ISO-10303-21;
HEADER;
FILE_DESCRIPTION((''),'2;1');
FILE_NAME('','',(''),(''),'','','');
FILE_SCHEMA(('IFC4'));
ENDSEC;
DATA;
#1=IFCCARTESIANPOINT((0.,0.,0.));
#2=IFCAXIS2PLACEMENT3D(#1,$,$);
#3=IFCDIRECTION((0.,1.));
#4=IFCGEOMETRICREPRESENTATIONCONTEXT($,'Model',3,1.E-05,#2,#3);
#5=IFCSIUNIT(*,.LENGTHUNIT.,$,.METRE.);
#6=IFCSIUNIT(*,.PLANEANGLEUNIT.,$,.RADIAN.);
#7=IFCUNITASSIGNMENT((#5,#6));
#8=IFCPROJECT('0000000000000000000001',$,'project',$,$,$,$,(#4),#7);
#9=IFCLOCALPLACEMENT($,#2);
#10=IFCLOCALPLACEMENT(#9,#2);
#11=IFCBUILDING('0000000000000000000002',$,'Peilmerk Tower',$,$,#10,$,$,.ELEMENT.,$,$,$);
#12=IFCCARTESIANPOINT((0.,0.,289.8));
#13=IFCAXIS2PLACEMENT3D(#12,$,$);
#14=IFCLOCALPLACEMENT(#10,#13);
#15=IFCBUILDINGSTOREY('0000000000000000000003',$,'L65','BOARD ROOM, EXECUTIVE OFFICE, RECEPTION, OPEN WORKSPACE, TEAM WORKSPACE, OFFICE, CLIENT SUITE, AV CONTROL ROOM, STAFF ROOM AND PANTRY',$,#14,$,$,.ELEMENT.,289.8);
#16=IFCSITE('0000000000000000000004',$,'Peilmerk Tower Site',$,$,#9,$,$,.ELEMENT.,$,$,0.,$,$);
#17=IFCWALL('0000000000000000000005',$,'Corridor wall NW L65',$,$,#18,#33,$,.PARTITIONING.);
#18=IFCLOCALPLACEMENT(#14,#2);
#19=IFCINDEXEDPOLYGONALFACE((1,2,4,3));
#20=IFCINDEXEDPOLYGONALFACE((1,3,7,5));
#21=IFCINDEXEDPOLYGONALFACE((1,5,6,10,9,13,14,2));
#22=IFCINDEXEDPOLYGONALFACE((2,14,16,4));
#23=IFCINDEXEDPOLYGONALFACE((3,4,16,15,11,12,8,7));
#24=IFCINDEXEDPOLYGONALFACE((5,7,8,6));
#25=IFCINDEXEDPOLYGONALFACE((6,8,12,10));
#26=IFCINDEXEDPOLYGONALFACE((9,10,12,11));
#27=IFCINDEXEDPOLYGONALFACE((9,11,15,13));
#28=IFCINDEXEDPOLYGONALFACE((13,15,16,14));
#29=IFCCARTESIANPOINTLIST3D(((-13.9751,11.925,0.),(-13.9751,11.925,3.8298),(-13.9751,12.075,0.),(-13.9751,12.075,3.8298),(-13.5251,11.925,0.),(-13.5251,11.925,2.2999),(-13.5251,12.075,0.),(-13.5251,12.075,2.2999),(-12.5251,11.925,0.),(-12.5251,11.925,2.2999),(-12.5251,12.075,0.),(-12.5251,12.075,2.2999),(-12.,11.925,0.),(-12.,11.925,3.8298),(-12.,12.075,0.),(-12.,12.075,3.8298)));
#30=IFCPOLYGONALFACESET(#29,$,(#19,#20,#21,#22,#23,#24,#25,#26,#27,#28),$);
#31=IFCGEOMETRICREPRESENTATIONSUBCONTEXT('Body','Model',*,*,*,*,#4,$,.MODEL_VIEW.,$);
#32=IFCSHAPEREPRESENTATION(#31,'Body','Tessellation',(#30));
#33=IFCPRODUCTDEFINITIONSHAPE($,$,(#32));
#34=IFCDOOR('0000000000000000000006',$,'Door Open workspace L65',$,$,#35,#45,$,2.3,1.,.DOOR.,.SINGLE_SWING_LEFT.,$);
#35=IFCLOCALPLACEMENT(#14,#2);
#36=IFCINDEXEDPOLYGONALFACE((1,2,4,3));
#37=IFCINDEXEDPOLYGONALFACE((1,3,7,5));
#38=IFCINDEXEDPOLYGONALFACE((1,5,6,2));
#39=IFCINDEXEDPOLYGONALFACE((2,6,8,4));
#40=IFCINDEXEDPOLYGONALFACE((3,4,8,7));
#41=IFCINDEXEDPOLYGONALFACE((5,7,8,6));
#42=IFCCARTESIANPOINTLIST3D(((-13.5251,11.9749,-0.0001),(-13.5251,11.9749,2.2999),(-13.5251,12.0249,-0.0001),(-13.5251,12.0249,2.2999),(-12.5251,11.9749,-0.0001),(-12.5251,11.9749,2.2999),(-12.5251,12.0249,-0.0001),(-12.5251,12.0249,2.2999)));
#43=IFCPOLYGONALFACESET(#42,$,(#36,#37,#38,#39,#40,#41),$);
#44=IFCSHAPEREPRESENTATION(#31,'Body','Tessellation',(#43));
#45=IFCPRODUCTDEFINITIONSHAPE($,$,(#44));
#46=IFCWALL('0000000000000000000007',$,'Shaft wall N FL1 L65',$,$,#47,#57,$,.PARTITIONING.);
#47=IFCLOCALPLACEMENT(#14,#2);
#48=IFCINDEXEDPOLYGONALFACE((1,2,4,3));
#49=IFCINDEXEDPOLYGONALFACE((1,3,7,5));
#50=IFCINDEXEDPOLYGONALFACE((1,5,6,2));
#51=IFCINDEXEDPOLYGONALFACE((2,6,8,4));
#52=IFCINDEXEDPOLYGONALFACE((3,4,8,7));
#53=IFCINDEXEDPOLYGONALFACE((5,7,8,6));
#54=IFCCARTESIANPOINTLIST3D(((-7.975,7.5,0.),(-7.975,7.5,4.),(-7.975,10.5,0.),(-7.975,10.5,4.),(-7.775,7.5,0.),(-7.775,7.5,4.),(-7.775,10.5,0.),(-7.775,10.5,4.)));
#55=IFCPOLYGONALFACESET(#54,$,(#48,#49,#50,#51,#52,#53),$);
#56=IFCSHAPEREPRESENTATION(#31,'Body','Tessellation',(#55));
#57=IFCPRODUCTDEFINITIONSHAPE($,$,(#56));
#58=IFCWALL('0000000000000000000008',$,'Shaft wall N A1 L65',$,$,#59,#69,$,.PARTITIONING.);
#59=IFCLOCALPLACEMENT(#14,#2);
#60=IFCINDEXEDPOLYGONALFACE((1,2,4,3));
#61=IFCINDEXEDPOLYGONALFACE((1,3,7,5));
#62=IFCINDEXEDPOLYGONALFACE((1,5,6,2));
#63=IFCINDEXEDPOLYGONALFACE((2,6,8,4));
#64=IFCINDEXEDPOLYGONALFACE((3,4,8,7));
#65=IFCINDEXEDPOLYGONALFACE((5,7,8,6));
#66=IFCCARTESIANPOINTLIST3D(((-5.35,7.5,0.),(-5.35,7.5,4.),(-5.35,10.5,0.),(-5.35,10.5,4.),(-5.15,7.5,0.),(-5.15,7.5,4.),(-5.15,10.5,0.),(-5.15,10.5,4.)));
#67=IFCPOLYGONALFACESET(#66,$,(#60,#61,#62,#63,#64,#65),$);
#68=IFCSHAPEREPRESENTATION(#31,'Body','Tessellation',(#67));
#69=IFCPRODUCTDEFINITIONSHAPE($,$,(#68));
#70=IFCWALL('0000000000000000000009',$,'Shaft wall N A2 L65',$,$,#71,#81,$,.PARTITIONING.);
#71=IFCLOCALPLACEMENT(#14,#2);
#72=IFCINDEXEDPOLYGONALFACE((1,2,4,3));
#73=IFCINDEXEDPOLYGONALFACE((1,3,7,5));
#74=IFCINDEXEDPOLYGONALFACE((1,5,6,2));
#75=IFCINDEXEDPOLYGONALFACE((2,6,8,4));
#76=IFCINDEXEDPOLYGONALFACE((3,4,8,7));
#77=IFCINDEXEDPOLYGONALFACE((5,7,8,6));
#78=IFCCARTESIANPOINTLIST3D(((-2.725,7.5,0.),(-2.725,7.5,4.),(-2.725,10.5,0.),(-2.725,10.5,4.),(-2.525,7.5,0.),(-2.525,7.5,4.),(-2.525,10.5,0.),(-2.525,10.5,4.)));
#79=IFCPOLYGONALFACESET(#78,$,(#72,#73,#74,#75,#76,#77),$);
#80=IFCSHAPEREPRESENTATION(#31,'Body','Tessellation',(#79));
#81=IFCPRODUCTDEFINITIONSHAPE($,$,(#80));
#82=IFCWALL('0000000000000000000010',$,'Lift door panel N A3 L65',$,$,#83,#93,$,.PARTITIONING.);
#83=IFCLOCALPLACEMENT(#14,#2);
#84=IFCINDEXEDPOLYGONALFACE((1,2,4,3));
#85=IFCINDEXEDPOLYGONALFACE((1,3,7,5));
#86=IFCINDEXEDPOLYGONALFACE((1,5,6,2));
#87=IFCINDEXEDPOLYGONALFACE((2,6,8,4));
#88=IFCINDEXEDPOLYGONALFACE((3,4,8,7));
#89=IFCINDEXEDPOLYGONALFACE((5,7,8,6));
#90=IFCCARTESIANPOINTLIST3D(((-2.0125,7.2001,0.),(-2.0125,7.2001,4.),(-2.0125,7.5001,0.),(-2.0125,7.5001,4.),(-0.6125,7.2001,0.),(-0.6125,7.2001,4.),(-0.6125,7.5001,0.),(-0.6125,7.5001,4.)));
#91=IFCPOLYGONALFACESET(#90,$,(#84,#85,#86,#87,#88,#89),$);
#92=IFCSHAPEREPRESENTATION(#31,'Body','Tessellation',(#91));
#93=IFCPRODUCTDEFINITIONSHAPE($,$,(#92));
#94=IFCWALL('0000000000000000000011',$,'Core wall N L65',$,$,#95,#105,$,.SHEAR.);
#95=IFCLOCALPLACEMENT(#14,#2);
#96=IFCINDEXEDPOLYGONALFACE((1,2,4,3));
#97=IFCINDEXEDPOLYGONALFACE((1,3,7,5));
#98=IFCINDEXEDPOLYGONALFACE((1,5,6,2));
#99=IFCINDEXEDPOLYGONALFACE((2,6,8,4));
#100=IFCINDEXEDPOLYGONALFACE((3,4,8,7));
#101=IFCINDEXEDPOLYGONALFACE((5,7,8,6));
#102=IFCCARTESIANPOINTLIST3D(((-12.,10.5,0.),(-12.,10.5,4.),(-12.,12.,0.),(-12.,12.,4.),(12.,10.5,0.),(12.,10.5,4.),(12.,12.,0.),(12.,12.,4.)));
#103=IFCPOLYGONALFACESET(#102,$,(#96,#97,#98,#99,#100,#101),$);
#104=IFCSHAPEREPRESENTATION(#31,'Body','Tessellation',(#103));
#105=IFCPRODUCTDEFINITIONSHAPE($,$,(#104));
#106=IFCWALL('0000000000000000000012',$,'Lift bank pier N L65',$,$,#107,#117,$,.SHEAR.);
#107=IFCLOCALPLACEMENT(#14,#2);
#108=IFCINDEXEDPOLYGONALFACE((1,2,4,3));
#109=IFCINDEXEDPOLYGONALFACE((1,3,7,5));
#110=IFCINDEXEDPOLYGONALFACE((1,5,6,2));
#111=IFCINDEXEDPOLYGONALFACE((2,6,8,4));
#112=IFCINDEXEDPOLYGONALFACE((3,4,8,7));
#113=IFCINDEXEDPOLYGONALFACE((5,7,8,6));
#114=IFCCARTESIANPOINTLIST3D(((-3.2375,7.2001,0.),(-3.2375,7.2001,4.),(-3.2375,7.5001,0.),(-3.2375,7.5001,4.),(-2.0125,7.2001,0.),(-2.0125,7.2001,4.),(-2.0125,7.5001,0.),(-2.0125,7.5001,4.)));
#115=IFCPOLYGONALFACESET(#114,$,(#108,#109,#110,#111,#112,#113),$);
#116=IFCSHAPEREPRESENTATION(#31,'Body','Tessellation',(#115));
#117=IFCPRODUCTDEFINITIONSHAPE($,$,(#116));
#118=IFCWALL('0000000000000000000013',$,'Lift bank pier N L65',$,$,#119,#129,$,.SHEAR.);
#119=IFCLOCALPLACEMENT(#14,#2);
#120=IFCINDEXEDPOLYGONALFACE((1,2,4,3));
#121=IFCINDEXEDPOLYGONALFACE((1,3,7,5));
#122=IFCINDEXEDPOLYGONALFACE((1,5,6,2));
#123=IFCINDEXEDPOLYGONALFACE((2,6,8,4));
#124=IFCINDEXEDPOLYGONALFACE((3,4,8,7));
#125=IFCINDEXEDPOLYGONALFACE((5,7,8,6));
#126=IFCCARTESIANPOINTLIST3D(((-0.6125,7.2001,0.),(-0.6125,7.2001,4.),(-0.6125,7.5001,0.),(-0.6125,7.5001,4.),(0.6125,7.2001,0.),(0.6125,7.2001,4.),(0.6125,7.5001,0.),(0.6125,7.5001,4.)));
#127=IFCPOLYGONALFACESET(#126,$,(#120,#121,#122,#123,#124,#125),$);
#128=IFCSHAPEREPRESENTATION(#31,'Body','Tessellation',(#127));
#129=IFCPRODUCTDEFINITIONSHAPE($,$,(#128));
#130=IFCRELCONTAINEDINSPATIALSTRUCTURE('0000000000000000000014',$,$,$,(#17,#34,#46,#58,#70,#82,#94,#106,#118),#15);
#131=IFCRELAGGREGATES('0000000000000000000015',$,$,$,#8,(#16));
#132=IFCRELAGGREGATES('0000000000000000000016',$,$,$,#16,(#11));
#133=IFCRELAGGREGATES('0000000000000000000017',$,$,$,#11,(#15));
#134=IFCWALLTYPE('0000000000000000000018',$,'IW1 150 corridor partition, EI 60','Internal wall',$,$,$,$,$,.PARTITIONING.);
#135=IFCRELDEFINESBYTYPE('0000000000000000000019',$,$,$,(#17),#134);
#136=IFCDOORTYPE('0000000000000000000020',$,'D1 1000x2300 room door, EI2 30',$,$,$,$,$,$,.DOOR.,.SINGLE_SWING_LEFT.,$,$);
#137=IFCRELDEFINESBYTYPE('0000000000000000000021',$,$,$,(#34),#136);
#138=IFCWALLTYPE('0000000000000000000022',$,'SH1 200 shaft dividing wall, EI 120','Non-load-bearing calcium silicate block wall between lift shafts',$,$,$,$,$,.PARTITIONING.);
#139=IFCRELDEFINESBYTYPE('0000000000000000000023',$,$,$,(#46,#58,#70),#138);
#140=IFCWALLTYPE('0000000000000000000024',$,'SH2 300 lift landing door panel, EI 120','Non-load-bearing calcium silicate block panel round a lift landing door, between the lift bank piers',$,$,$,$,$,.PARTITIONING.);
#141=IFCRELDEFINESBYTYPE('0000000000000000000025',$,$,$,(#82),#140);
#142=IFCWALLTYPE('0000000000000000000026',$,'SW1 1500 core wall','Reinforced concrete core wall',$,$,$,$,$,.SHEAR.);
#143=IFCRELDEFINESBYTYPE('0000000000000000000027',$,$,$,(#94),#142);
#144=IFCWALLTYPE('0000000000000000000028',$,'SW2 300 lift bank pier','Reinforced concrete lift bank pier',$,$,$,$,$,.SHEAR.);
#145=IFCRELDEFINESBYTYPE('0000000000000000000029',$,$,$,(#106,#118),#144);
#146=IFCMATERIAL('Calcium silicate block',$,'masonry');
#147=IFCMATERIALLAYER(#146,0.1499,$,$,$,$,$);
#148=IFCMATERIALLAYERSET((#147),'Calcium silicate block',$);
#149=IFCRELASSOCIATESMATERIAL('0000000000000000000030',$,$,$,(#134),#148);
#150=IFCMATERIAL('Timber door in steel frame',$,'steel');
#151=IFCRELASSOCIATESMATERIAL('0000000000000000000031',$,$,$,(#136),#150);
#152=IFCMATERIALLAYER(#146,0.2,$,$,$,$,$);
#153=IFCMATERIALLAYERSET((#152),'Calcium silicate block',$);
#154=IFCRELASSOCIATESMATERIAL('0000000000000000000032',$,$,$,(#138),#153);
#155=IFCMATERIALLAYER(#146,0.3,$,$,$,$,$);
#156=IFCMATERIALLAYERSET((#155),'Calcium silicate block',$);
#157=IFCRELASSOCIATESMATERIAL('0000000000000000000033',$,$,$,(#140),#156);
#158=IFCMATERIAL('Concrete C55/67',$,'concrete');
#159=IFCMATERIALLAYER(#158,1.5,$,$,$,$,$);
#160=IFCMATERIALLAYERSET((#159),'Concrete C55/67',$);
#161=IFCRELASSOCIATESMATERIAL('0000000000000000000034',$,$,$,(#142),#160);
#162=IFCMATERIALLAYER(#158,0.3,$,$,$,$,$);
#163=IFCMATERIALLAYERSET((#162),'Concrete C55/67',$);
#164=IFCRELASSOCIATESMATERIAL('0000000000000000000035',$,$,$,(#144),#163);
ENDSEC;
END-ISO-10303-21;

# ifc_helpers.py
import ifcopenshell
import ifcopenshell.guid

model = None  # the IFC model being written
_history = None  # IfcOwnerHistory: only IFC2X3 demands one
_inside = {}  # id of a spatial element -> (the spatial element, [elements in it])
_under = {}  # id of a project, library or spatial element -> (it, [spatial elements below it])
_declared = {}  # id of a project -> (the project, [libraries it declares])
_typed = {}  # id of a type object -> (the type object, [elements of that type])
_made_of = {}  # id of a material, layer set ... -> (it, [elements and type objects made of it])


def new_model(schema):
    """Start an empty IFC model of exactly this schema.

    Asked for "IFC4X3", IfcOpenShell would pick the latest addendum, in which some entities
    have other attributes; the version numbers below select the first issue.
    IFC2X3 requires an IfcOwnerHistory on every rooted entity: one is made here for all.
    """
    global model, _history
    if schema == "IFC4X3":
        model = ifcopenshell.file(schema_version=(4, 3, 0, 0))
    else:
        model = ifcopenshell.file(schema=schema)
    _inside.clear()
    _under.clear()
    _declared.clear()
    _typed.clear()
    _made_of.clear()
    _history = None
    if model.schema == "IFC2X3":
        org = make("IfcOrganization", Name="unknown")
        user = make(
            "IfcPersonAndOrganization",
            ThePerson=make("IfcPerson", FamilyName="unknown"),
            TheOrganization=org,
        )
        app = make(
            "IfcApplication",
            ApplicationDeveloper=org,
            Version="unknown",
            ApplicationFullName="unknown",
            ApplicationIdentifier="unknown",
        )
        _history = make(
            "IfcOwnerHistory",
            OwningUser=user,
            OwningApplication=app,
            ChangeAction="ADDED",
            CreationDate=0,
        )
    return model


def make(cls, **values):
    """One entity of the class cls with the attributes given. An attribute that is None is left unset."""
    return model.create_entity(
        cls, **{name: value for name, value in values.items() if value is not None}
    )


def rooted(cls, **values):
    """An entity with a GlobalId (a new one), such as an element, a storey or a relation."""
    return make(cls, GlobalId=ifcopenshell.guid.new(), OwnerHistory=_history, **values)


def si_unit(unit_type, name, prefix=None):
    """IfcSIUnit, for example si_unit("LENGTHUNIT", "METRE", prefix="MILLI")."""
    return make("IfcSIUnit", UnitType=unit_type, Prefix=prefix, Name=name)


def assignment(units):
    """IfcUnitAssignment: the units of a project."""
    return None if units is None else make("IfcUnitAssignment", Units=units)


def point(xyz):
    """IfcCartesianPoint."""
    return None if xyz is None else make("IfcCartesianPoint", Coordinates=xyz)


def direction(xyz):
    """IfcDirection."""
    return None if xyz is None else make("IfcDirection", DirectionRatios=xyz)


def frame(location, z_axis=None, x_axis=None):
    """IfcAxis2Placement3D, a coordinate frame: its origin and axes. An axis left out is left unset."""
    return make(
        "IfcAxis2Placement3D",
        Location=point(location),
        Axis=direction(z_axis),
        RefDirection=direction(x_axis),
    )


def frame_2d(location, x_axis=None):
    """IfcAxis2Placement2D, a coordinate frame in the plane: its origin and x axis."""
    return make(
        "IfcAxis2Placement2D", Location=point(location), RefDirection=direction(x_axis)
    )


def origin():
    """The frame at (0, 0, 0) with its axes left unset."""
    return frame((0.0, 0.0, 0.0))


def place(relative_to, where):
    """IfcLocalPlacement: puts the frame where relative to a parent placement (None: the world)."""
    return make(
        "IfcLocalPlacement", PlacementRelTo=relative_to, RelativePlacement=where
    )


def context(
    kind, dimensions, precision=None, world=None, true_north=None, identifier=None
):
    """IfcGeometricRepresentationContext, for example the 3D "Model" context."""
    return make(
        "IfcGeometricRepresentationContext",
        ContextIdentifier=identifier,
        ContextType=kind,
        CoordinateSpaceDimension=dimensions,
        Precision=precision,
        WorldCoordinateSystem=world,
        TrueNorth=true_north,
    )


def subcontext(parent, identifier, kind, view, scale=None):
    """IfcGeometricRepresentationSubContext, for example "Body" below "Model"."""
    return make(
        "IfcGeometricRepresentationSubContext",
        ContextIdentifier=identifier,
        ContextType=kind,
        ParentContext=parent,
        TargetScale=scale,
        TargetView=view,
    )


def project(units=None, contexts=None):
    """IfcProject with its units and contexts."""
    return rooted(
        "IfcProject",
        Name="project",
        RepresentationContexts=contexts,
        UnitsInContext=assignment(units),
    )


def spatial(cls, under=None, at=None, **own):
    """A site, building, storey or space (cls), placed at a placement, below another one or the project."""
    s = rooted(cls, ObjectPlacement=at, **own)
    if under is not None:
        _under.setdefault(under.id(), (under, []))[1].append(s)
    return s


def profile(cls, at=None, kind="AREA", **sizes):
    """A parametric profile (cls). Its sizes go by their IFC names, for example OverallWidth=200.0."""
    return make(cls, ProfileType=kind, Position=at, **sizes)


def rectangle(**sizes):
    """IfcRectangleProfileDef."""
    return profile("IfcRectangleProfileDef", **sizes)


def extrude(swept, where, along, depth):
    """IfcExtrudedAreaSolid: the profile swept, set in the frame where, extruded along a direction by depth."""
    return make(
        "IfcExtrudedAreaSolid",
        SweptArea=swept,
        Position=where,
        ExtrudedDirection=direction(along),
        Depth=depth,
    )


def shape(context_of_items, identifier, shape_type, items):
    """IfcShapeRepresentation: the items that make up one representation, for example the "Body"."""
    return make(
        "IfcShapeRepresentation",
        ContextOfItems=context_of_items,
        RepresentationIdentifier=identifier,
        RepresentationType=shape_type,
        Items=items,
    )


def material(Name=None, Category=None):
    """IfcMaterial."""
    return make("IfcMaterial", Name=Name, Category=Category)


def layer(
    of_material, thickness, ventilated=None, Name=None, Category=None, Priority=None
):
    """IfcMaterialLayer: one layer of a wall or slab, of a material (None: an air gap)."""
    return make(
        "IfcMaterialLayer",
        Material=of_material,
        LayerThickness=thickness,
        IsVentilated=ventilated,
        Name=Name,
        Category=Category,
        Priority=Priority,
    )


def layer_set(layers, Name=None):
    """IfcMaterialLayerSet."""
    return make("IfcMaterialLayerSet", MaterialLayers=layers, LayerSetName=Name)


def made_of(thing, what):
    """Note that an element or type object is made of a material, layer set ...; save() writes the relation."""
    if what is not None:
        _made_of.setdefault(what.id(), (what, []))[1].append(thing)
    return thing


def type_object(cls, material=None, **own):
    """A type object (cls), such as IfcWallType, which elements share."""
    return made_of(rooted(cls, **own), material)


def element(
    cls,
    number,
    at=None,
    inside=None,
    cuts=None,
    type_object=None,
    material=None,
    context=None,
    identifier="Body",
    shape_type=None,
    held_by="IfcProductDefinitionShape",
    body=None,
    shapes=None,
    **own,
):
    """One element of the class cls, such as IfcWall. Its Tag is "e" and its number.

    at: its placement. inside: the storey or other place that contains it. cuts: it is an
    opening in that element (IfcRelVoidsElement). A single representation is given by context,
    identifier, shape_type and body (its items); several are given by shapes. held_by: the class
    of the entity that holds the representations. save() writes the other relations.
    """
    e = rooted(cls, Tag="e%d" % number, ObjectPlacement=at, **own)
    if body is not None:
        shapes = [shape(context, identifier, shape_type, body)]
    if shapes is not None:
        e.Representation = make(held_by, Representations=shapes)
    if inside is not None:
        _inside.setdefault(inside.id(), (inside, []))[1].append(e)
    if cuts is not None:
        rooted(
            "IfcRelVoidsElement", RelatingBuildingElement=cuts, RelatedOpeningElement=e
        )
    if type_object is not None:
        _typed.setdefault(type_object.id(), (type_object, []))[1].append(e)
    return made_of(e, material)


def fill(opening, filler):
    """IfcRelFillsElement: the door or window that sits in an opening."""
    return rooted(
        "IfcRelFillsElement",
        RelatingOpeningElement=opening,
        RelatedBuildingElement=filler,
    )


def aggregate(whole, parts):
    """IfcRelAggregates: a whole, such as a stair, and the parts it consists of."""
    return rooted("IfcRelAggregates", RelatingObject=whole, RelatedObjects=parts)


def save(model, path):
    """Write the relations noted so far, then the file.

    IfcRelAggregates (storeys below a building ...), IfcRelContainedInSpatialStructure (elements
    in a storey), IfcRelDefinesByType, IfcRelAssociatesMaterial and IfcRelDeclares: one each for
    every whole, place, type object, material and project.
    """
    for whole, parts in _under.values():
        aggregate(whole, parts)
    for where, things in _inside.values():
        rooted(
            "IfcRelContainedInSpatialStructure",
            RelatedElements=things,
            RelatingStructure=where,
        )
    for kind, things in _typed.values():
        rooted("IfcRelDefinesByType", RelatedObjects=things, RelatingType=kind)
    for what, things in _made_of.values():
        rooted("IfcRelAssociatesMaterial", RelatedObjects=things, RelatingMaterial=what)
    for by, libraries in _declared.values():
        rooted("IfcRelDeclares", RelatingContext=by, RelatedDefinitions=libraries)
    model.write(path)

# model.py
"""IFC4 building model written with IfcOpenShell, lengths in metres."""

from ifc_helpers import new_model, si_unit, direction, frame, frame_2d, origin, place, context, subcontext, project, spatial, rectangle, extrude, material, layer, layer_set, type_object, element, fill, save


model = new_model("IFC4")

# Units and contexts
model_context = context("Model", 3, precision=1e-05, world=origin(), true_north=direction((0.0, 1.0)))
body_context = subcontext(model_context, "Body", "Model", "MODEL_VIEW")
ifc_project = project(units=[si_unit("LENGTHUNIT", "METRE"), si_unit("PLANEANGLEUNIT", "RADIAN")], contexts=[model_context])

# Site, building, storey
site_placement = place(None, origin())
site = spatial("IfcSite", under=ifc_project, at=site_placement, Name="Peilmerk Tower Site", CompositionType="ELEMENT", RefElevation=0.0)
building_placement = place(site_placement, origin())
building = spatial("IfcBuilding", under=site, at=building_placement, Name="Peilmerk Tower", CompositionType="ELEMENT")
storey_placement = place(building_placement, frame((0.0, 0.0, 289.8)))
storey = spatial("IfcBuildingStorey", under=building, at=storey_placement, Name="L65", Description="BOARD ROOM, EXECUTIVE OFFICE, RECEPTION, OPEN WORKSPACE, TEAM WORKSPACE, OFFICE, CLIENT SUITE, AV CONTROL ROOM, STAFF ROOM AND PANTRY", CompositionType="ELEMENT", Elevation=289.8)

# Shared definitions
ifc_material_1 = material(Name="Calcium silicate block", Category="masonry")
ifc_layer_1 = layer(ifc_material_1, 0.1499)
ifc_layer_set_1 = layer_set([ifc_layer_1], Name="Calcium silicate block")
wall_type_1 = type_object("IfcWallType", Name="IW1 150 corridor partition, EI 60", Description="Internal wall", PredefinedType="PARTITIONING", material=ifc_layer_set_1)
ifc_material_2 = material(Name="Timber door in steel frame", Category="steel")
door_type_1 = type_object("IfcDoorType", Name="D1 1000x2300 room door, EI2 30", OperationType="SINGLE_SWING_LEFT", PredefinedType="DOOR", material=ifc_material_2)

# Wall, opening, door
wall_1_placement = place(storey_placement, frame((-13.9751, 12.0, 0.0), z_axis=(0.0, 0.0, 1.0), x_axis=(1.0, 0.0, 0.0)))
wall_1 = element("IfcWall", 1, at=wall_1_placement, inside=storey, type_object=wall_type_1, Name="Corridor wall NW L65", PredefinedType="PARTITIONING", context=body_context, shape_type="SweptSolid", body=[
    extrude(rectangle(XDim=1.9751, YDim=0.1499, at=frame_2d((0.9875, 0.0))), origin(), (0.0, 0.0, 1.0), 3.8298),
])
opening_1_placement = place(wall_1_placement, frame((0.45, 0.0, 0.0)))
opening_1 = element("IfcOpeningElement", 2, at=opening_1_placement, cuts=wall_1, PredefinedType="OPENING", context=body_context, shape_type="SweptSolid", body=[
    extrude(rectangle(XDim=1.0, YDim=2.3, at=frame_2d((0.5, 1.1499))), frame((0.0, 0.085, 0.0), z_axis=(0.0, -1.0, 0.0), x_axis=(1.0, 0.0, 0.0)), (0.0, 0.0, 1.0), 0.1699),
])
door_1_placement = place(opening_1_placement, origin())
door_1 = element("IfcDoor", 3, at=door_1_placement, inside=storey, type_object=door_type_1, Name="Door Open workspace L65", OperationType="SINGLE_SWING_LEFT", OverallHeight=2.3, OverallWidth=1.0, PredefinedType="DOOR", context=body_context, shape_type="SweptSolid", body=[
    extrude(rectangle(XDim=1.0, YDim=2.3, at=frame_2d((0.5, 1.1499))), frame((0.0, 0.0249, 0.0), z_axis=(0.0, -1.0, 0.0), x_axis=(1.0, 0.0, 0.0)), (0.0, 0.0, 1.0), 0.05),
])
fill(opening_1, door_1)

# Walls
ifc_layer_2 = layer(ifc_material_1, 0.2)
ifc_layer_set_2 = layer_set([ifc_layer_2], Name="Calcium silicate block")
wall_type_2 = type_object("IfcWallType", Name="SH1 200 shaft dividing wall, EI 120", Description="Non-load-bearing calcium silicate block wall between lift shafts", PredefinedType="PARTITIONING", material=ifc_layer_set_2)
for number, where, z_axis, x_axis, name in (
    (4, (-7.875, 7.5, 0.0), (0.0, 0.0, 1.0), (0.0, 1.0, 0.0), "Shaft wall N FL1 L65"),
    (5, (-5.25, 7.5, 0.0), (0.0, 0.0, 1.0), (0.0, 1.0, 0.0), "Shaft wall N A1 L65"),
    (6, (-2.625, 7.5, 0.0), (0.0, 0.0, 1.0), (0.0, 1.0, 0.0), "Shaft wall N A2 L65"),
):
    element("IfcWall", number, at=place(storey_placement, frame(where, z_axis=z_axis, x_axis=x_axis)), inside=storey, type_object=wall_type_2, Name=name, PredefinedType="PARTITIONING", context=body_context, shape_type="SweptSolid", body=[
        extrude(rectangle(XDim=3.0, YDim=0.2, at=frame_2d((1.5, 0.0))), origin(), (0.0, 0.0, 1.0), 4.0),
    ])
ifc_layer_3 = layer(ifc_material_1, 0.3)
ifc_layer_set_3 = layer_set([ifc_layer_3], Name="Calcium silicate block")
wall_type_3 = type_object("IfcWallType", Name="SH2 300 lift landing door panel, EI 120", Description="Non-load-bearing calcium silicate block panel round a lift landing door, between the lift bank piers", PredefinedType="PARTITIONING", material=ifc_layer_set_3)
wall_2_placement = place(storey_placement, frame((-2.0125, 7.3501, 0.0), z_axis=(0.0, 0.0, 1.0), x_axis=(1.0, 0.0, 0.0)))
element("IfcWall", 7, at=wall_2_placement, inside=storey, type_object=wall_type_3, Name="Lift door panel N A3 L65", PredefinedType="PARTITIONING", context=body_context, shape_type="SweptSolid", body=[
    extrude(rectangle(XDim=1.3999, YDim=0.3, at=frame_2d((0.7, 0.0))), origin(), (0.0, 0.0, 1.0), 4.0),
])
ifc_material_3 = material(Name="Concrete C55/67", Category="concrete")
ifc_layer_4 = layer(ifc_material_3, 1.5)
ifc_layer_set_4 = layer_set([ifc_layer_4], Name="Concrete C55/67")
wall_type_4 = type_object("IfcWallType", Name="SW1 1500 core wall", Description="Reinforced concrete core wall", PredefinedType="SHEAR", material=ifc_layer_set_4)
wall_3_placement = place(storey_placement, frame((-12.0, 11.25, 0.0), z_axis=(0.0, 0.0, 1.0), x_axis=(1.0, 0.0, 0.0)))
element("IfcWall", 8, at=wall_3_placement, inside=storey, type_object=wall_type_4, Name="Core wall N L65", PredefinedType="SHEAR", context=body_context, shape_type="SweptSolid", body=[
    extrude(rectangle(XDim=24.0, YDim=1.5, at=frame_2d((12.0, 0.0))), origin(), (0.0, 0.0, 1.0), 4.0),
])
ifc_layer_5 = layer(ifc_material_3, 0.3)
ifc_layer_set_5 = layer_set([ifc_layer_5], Name="Concrete C55/67")
wall_type_5 = type_object("IfcWallType", Name="SW2 300 lift bank pier", Description="Reinforced concrete lift bank pier", PredefinedType="SHEAR", material=ifc_layer_set_5)
for number, where, z_axis, x_axis, name in (
    (9, (-3.2375, 7.3501, 0.0), (0.0, 0.0, 1.0), (1.0, 0.0, 0.0), "Lift bank pier N L65"),
    (10, (-0.6125, 7.3501, 0.0), (0.0, 0.0, 1.0), (1.0, 0.0, 0.0), "Lift bank pier N L65"),
):
    element("IfcWall", number, at=place(storey_placement, frame(where, z_axis=z_axis, x_axis=x_axis)), inside=storey, type_object=wall_type_5, Name=name, PredefinedType="SHEAR", context=body_context, shape_type="SweptSolid", body=[
        extrude(rectangle(XDim=1.2251, YDim=0.3, at=frame_2d((0.6125, 0.0))), origin(), (0.0, 0.0, 1.0), 4.0),
    ])

save(model, "model.ifc")
